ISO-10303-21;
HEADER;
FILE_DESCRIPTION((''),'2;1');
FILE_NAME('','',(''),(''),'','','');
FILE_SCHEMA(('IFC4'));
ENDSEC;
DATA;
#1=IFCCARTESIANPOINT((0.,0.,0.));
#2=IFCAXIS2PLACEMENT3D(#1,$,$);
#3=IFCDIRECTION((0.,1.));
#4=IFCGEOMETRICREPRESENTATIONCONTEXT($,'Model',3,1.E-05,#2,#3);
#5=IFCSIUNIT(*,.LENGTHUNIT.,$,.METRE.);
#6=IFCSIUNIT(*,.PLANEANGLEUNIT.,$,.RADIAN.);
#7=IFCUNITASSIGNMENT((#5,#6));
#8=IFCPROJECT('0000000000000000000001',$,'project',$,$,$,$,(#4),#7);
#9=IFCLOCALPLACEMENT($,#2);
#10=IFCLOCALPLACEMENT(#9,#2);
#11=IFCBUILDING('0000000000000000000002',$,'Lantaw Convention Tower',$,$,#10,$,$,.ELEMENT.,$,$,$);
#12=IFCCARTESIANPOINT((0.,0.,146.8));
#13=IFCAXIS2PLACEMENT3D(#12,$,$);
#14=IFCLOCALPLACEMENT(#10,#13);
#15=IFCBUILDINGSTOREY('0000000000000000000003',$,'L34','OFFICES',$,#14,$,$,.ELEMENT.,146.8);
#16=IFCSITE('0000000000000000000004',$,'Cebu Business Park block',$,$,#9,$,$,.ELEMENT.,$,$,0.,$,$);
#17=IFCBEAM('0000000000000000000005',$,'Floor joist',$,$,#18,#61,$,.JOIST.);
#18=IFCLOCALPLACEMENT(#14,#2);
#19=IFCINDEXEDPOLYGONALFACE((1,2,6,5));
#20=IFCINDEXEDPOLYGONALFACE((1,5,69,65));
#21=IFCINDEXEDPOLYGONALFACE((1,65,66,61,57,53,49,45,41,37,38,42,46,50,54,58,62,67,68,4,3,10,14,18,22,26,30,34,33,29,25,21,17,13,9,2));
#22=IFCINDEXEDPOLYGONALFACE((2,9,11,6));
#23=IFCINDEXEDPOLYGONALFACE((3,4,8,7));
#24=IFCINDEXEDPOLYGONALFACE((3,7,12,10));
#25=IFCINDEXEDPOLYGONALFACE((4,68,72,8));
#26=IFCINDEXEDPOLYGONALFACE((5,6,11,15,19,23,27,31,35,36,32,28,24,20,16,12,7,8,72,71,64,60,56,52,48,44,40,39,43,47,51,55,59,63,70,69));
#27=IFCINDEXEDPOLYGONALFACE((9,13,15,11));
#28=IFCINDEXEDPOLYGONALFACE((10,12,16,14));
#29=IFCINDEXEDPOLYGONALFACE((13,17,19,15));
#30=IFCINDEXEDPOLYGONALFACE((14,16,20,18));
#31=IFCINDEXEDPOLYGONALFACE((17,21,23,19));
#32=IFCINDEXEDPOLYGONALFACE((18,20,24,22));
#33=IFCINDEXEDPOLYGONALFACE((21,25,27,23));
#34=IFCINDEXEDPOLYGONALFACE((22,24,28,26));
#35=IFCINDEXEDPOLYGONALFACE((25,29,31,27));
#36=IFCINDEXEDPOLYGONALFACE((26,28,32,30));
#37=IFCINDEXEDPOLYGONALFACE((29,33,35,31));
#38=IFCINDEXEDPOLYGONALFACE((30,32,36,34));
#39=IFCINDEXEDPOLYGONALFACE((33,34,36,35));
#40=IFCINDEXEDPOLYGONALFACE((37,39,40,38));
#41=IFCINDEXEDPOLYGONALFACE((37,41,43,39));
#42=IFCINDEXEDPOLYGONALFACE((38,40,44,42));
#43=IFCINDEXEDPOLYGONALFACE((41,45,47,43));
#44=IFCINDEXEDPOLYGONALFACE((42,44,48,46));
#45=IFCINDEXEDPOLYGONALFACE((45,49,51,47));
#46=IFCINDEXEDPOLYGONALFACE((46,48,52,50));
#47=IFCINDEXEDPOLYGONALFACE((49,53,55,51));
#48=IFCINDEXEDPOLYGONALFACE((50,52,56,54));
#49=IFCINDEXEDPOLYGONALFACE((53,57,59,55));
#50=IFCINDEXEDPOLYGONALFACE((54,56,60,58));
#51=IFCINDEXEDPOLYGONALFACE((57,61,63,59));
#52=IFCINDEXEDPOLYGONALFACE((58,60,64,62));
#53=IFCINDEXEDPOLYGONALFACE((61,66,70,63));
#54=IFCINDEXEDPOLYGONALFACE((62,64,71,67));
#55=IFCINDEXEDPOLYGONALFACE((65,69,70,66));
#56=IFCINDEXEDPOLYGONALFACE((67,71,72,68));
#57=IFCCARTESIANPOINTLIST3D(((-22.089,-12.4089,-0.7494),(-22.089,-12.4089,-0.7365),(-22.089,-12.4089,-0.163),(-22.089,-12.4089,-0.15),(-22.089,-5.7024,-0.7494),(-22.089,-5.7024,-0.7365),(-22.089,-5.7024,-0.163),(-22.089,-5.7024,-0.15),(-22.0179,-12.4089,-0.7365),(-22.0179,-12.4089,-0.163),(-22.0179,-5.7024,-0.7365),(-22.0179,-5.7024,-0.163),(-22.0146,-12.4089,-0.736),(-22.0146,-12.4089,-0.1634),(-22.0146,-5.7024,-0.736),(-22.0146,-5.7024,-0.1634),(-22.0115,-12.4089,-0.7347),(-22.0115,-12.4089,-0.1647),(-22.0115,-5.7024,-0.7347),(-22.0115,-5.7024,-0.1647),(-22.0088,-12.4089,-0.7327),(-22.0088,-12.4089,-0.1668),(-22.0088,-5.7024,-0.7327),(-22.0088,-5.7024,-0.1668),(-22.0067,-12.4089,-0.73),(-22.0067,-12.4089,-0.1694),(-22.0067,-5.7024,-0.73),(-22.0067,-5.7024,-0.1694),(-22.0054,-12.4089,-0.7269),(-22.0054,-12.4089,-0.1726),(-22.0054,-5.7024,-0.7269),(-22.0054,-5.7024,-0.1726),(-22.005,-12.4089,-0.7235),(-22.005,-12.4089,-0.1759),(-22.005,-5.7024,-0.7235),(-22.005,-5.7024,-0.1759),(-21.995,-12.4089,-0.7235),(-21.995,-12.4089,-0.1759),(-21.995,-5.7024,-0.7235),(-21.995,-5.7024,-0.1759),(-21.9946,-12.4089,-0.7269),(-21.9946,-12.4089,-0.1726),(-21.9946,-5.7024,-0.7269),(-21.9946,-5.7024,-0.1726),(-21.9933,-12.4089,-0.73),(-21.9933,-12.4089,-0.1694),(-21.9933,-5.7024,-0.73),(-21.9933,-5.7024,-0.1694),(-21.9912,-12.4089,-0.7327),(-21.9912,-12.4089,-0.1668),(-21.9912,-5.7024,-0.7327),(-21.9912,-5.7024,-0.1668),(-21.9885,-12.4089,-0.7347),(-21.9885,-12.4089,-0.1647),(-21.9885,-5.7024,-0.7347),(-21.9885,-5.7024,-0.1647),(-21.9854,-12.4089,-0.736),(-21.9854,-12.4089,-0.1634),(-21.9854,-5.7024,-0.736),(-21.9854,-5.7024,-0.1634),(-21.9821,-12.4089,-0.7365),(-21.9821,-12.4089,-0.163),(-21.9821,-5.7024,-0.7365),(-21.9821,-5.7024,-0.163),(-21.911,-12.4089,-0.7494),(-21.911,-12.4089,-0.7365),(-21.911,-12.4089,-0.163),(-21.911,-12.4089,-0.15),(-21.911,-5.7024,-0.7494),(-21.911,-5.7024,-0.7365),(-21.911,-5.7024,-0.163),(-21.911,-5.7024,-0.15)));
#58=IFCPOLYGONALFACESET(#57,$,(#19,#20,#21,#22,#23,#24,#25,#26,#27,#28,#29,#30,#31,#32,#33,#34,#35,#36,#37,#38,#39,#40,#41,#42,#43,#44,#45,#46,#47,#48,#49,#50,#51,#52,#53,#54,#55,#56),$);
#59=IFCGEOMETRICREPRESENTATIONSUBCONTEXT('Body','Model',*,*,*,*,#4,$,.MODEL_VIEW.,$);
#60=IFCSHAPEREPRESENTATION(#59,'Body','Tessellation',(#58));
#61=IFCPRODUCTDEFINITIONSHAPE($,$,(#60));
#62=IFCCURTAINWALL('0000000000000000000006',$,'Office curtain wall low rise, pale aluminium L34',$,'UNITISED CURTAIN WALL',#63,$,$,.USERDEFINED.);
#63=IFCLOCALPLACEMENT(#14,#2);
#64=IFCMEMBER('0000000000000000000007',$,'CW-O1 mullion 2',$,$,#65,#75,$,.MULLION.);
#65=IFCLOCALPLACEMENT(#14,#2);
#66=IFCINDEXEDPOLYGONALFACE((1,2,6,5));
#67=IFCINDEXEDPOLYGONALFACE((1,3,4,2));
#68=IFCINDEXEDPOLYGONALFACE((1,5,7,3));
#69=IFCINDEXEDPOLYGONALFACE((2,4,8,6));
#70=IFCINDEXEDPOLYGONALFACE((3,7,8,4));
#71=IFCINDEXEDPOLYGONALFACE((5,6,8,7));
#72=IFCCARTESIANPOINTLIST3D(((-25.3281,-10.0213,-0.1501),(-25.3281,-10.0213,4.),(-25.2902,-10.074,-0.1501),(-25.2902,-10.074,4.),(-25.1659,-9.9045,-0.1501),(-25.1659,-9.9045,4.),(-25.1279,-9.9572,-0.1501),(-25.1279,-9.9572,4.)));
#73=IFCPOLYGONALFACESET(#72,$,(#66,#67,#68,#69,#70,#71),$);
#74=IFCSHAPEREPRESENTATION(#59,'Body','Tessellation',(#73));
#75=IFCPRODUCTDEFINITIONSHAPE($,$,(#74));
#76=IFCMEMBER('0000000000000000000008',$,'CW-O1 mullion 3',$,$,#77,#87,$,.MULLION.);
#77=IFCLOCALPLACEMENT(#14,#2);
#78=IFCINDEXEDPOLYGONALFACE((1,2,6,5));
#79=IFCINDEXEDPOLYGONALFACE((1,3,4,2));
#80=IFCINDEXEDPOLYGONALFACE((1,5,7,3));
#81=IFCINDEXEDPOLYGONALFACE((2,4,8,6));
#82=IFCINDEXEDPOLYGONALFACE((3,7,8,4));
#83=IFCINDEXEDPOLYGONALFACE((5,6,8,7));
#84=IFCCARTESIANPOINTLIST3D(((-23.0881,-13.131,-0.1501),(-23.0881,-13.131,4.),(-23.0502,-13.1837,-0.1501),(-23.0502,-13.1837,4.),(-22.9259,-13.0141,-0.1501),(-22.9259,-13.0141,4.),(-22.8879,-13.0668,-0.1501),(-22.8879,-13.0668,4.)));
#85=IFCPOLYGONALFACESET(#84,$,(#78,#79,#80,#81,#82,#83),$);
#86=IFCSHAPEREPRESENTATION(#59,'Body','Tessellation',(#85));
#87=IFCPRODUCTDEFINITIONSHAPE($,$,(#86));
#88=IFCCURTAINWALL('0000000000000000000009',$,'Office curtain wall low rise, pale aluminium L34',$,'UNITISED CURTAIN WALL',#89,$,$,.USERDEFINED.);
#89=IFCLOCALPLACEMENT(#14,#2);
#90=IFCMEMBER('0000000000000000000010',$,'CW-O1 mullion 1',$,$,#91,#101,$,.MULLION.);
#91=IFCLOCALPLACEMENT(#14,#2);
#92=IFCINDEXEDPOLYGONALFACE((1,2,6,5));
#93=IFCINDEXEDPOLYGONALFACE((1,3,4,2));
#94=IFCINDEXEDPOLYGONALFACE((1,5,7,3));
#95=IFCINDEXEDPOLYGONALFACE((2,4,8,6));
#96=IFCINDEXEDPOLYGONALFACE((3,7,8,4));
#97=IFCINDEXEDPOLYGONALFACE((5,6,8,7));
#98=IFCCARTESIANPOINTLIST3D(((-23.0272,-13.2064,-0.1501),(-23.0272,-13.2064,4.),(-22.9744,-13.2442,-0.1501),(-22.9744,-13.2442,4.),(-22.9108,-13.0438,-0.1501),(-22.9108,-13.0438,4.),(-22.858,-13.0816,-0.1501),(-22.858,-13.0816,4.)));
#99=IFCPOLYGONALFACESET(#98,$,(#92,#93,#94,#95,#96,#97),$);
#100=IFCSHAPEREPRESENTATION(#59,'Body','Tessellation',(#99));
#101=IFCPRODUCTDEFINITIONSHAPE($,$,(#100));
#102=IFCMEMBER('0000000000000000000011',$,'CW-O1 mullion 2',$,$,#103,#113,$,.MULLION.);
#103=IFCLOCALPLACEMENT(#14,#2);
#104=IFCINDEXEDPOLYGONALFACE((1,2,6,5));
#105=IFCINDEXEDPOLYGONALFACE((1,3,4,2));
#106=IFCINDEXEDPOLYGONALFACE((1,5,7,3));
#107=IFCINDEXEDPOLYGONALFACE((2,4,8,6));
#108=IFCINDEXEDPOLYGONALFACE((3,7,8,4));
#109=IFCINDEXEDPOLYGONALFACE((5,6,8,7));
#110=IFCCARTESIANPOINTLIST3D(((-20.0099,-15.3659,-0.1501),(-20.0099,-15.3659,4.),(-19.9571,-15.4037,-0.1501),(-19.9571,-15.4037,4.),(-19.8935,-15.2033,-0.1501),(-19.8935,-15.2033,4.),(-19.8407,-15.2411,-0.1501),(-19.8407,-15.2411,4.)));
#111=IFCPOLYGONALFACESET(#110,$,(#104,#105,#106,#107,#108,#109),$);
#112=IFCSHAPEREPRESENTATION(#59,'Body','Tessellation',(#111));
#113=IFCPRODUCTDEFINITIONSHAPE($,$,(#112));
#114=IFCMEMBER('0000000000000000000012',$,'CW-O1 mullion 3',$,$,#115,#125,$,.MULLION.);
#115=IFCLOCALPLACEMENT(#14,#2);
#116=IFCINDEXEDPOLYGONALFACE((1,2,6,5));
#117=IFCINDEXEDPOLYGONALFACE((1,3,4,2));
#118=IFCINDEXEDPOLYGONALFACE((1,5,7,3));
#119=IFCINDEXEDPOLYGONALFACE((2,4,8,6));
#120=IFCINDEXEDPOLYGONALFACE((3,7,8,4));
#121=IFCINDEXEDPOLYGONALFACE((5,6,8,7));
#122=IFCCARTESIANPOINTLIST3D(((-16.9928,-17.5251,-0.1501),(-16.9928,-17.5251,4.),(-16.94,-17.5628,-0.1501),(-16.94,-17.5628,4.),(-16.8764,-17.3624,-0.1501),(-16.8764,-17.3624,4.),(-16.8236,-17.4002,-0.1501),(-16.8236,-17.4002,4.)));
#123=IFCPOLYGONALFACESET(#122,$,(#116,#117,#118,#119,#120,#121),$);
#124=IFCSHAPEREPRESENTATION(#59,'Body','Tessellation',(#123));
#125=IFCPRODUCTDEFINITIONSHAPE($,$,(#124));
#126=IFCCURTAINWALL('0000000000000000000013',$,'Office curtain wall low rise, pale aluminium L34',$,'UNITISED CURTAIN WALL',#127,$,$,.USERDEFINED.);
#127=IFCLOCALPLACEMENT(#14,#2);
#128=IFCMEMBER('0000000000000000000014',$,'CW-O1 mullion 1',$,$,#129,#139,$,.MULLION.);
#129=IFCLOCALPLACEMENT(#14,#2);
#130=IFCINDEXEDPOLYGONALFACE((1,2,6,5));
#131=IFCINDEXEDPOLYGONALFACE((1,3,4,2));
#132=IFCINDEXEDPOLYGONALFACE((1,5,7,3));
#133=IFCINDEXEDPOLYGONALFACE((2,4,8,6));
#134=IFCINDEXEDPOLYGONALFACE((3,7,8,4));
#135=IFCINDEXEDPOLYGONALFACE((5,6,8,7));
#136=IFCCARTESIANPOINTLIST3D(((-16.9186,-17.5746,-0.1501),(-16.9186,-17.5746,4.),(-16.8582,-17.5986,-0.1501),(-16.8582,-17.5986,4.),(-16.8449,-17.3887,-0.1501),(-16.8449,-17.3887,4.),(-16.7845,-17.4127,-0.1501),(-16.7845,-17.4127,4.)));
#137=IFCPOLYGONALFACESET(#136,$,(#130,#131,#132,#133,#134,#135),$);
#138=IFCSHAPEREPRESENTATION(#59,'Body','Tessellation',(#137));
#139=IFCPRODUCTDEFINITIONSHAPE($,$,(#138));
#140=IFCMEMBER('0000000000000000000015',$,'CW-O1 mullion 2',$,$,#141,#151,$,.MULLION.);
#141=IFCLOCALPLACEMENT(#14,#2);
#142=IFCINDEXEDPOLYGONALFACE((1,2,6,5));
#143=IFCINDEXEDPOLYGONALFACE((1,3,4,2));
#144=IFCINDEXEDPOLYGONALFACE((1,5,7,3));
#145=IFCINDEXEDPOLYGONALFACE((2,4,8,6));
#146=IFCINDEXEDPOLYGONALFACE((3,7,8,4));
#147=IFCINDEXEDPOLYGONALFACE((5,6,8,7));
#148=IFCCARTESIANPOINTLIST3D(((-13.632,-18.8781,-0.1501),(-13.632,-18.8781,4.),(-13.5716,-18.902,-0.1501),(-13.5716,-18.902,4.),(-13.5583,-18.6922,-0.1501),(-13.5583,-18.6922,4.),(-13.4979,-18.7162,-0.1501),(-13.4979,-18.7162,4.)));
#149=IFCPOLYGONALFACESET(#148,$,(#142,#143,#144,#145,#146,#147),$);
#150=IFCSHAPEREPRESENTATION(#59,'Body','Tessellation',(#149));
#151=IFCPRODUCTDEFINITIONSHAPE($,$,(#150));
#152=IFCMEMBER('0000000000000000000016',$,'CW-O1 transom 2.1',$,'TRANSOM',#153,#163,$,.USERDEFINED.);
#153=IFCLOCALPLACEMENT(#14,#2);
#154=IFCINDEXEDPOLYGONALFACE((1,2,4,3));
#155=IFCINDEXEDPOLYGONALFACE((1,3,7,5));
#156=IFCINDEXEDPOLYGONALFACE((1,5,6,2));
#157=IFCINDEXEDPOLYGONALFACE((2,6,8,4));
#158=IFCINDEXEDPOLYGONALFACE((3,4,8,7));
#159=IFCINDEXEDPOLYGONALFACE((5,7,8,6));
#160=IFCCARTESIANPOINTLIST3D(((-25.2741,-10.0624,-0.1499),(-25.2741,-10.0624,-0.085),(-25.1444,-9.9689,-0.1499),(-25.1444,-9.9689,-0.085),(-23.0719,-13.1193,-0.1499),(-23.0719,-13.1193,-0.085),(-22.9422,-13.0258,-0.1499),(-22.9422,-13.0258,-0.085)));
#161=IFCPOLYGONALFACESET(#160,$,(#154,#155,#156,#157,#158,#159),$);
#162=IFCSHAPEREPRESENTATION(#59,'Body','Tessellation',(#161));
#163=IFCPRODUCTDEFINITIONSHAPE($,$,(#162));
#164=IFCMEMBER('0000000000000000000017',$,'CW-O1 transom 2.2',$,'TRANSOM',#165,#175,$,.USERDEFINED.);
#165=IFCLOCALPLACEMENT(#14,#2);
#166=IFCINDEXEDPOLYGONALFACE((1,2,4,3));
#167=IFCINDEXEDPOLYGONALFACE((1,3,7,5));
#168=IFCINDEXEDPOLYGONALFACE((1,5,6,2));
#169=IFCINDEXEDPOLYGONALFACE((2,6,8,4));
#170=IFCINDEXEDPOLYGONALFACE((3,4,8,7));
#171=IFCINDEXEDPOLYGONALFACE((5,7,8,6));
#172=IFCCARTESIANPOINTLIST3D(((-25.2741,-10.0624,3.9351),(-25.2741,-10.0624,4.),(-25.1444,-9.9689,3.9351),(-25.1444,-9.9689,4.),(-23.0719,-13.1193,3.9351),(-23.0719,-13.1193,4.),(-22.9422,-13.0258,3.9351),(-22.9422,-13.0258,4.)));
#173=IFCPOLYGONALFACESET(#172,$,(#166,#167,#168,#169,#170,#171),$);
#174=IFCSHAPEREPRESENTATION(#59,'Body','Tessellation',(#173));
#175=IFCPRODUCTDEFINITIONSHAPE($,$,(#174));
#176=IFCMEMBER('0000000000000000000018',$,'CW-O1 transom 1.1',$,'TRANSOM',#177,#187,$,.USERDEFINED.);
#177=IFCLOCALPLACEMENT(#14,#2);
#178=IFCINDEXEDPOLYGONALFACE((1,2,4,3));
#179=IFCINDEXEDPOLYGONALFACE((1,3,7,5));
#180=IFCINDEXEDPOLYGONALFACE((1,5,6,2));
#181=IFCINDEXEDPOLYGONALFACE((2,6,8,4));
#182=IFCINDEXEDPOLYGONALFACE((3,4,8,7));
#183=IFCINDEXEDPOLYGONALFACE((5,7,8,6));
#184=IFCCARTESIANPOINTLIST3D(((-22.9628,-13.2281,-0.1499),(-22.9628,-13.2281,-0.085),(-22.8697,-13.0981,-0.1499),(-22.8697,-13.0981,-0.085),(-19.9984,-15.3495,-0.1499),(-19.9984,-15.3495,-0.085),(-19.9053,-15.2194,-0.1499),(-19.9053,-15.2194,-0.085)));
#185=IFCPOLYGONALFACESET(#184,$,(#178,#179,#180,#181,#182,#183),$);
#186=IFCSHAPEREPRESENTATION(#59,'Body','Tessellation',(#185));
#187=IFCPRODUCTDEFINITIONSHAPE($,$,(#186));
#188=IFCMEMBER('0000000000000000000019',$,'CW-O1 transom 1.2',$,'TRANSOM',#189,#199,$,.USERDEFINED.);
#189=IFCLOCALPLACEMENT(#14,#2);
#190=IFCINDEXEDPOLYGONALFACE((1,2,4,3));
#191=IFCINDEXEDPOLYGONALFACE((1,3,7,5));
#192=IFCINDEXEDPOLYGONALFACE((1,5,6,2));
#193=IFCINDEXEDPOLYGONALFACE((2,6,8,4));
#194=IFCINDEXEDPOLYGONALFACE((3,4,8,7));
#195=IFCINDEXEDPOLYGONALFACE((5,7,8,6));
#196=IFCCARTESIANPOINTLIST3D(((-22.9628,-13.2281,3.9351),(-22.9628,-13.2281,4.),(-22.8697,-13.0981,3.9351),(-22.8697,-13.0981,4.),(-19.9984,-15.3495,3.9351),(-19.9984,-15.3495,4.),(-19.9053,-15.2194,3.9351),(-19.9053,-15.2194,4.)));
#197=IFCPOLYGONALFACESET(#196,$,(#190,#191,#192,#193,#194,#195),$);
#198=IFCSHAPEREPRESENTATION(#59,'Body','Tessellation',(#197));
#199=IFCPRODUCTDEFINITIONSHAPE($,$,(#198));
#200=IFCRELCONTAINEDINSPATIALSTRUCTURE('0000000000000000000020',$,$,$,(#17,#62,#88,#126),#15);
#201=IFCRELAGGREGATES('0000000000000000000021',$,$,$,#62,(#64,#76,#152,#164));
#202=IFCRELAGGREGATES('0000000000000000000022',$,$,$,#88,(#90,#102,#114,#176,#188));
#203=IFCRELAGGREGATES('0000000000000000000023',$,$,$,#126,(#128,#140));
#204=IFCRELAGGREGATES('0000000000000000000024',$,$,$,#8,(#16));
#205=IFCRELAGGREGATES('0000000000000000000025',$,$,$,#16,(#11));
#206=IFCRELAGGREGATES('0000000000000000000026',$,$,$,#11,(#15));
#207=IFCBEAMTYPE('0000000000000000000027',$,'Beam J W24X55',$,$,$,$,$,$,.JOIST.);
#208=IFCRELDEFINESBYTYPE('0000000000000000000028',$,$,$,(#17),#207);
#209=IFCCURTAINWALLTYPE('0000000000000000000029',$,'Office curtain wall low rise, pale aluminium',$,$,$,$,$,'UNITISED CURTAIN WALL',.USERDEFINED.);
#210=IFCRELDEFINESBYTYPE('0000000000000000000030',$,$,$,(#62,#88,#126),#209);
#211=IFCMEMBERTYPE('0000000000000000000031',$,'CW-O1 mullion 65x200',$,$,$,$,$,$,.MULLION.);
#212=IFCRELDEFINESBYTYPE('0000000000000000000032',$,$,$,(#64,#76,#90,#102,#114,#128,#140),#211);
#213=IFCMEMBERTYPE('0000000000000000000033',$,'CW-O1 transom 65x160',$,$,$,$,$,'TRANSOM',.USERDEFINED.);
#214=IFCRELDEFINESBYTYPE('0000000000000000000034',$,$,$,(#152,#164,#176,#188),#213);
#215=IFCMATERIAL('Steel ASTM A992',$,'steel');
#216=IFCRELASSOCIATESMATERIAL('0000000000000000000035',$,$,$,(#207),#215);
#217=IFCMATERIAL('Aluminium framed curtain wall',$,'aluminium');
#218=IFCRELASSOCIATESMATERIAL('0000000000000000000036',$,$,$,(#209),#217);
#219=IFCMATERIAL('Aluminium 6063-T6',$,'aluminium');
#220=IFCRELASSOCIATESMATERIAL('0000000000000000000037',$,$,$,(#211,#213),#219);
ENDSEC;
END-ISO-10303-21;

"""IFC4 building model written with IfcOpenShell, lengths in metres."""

from ifc_helpers import new_model, si_unit, direction, frame, origin, origin_2d, place, context, subcontext, project, spatial, rectangle, i_section, extrude, material, material_profile, profile_set, type_object, element, aggregate, save


model = new_model("IFC4")

# Units and contexts
model_context = context("Model", 3, precision=1e-05, world=origin(), true_north=direction((0.0, 1.0)))
body_context = subcontext(model_context, "Body", "Model", "MODEL_VIEW")
ifc_project = project(units=[si_unit("LENGTHUNIT", "METRE"), si_unit("PLANEANGLEUNIT", "RADIAN")], contexts=[model_context])

# Site, building, storey
site_placement = place(None, origin())
site = spatial("IfcSite", under=ifc_project, at=site_placement, Name="Cebu Business Park block", CompositionType="ELEMENT", RefElevation=0.0)
building_placement = place(site_placement, origin())
building = spatial("IfcBuilding", under=site, at=building_placement, Name="Lantaw Convention Tower", CompositionType="ELEMENT")
storey_placement = place(building_placement, frame((0.0, 0.0, 146.8)))
storey = spatial("IfcBuildingStorey", under=building, at=storey_placement, Name="L34", Description="OFFICES", CompositionType="ELEMENT", Elevation=146.8)

# Beam
ifc_material_1 = material(Name="Steel ASTM A992", Category="steel")
ifc_material_profile_1 = material_profile(ifc_material_1, i_section(OverallWidth=0.178, OverallDepth=0.5994, WebThickness=0.01, FlangeThickness=0.0129, FilletRadius=0.0129, at=origin_2d()), Name="W24X55")
ifc_profile_set_1 = profile_set([ifc_material_profile_1], Name="Steel ASTM A992")
beam_type_1 = type_object("IfcBeamType", Name="Beam J W24X55", PredefinedType="JOIST", material=ifc_profile_set_1)
beam_1_placement = place(storey_placement, frame((-22.0, -12.4089, -0.4497), z_axis=(0.0, 1.0, 0.0), x_axis=(-1.0, 0.0, 0.0)))
element("IfcBeam", 1, at=beam_1_placement, inside=storey, type_object=beam_type_1, Name="Floor joist", PredefinedType="JOIST", context=body_context, shape_type="SweptSolid", body=[
    extrude(i_section(OverallWidth=0.178, OverallDepth=0.5994, WebThickness=0.01, FlangeThickness=0.0129, FilletRadius=0.0129, at=origin_2d()), origin(), (0.0, 0.0, 1.0), 6.7065),
])

# Curtain walls, members
ifc_material_2 = material(Name="Aluminium framed curtain wall", Category="aluminium")
curtain_wall_type = type_object("IfcCurtainWallType", Name="Office curtain wall low rise, pale aluminium", ElementType="UNITISED CURTAIN WALL", PredefinedType="USERDEFINED", material=ifc_material_2)
curtain_wall_1_placement = place(storey_placement, origin())
curtain_wall_1 = element("IfcCurtainWall", 2, at=curtain_wall_1_placement, inside=storey, type_object=curtain_wall_type, Name="Office curtain wall low rise, pale aluminium L34", ObjectType="UNITISED CURTAIN WALL", PredefinedType="USERDEFINED")
ifc_material_3 = material(Name="Aluminium 6063-T6", Category="aluminium")
ifc_material_profile_2 = material_profile(ifc_material_3, rectangle(XDim=0.2, YDim=0.0649, at=origin_2d()), Name="CW-O1 mullion 65x200")
ifc_profile_set_2 = profile_set([ifc_material_profile_2], Name="Aluminium 6063-T6")
member_type_1 = type_object("IfcMemberType", Name="CW-O1 mullion 65x200", PredefinedType="MULLION", material=ifc_profile_set_2)
member_1_placement = place(storey_placement, frame((-25.228, -9.9893, -0.1501), z_axis=(0.0, 0.0, 1.0), x_axis=(0.811385, 0.584513, 0.0)))
member_1 = element("IfcMember", 3, at=member_1_placement, type_object=member_type_1, Name="CW-O1 mullion 2", PredefinedType="MULLION", context=body_context, shape_type="SweptSolid", body=[
    extrude(rectangle(XDim=0.2, YDim=0.0649, at=origin_2d()), origin(), (0.0, 0.0, 1.0), 4.1501),
])
member_2_placement = place(storey_placement, frame((-22.988, -13.0989, -0.1501), z_axis=(0.0, 0.0, 1.0), x_axis=(0.811385, 0.584513, 0.0)))
member_2 = element("IfcMember", 4, at=member_2_placement, type_object=member_type_1, Name="CW-O1 mullion 3", PredefinedType="MULLION", context=body_context, shape_type="SweptSolid", body=[
    extrude(rectangle(XDim=0.2, YDim=0.0649, at=origin_2d()), origin(), (0.0, 0.0, 1.0), 4.1501),
])
curtain_wall_2_placement = place(storey_placement, origin())
curtain_wall_2 = element("IfcCurtainWall", 5, at=curtain_wall_2_placement, inside=storey, type_object=curtain_wall_type, Name="Office curtain wall low rise, pale aluminium L34", ObjectType="UNITISED CURTAIN WALL", PredefinedType="USERDEFINED")
member_3_placement = place(storey_placement, frame((-22.9426, -13.144, -0.1501), z_axis=(0.0, 0.0, 1.0), x_axis=(0.581973, 0.813208, 0.0)))
member_3 = element("IfcMember", 6, at=member_3_placement, type_object=member_type_1, Name="CW-O1 mullion 1", PredefinedType="MULLION", context=body_context, shape_type="SweptSolid", body=[
    extrude(rectangle(XDim=0.2, YDim=0.0649, at=origin_2d()), origin(), (0.0, 0.0, 1.0), 4.1501),
])
member_4_placement = place(storey_placement, frame((-19.9253, -15.3035, -0.1501), z_axis=(0.0, 0.0, 1.0), x_axis=(0.581973, 0.813208, 0.0)))
member_4 = element("IfcMember", 7, at=member_4_placement, type_object=member_type_1, Name="CW-O1 mullion 2", PredefinedType="MULLION", context=body_context, shape_type="SweptSolid", body=[
    extrude(rectangle(XDim=0.2, YDim=0.0649, at=origin_2d()), origin(), (0.0, 0.0, 1.0), 4.1501),
])
member_5_placement = place(storey_placement, frame((-16.9082, -17.4626, -0.1501), z_axis=(0.0, 0.0, 1.0), x_axis=(0.581973, 0.813208, 0.0)))
member_5 = element("IfcMember", 8, at=member_5_placement, type_object=member_type_1, Name="CW-O1 mullion 3", PredefinedType="MULLION", context=body_context, shape_type="SweptSolid", body=[
    extrude(rectangle(XDim=0.2, YDim=0.0649, at=origin_2d()), origin(), (0.0, 0.0, 1.0), 4.1501),
])
curtain_wall_3_placement = place(storey_placement, origin())
curtain_wall_3 = element("IfcCurtainWall", 9, at=curtain_wall_3_placement, inside=storey, type_object=curtain_wall_type, Name="Office curtain wall low rise, pale aluminium L34", ObjectType="UNITISED CURTAIN WALL", PredefinedType="USERDEFINED")
member_6_placement = place(storey_placement, frame((-16.8516, -17.4937, -0.1501), z_axis=(0.0, 0.0, 1.0), x_axis=(0.368702, 0.929548, 0.0)))
member_6 = element("IfcMember", 10, at=member_6_placement, type_object=member_type_1, Name="CW-O1 mullion 1", PredefinedType="MULLION", context=body_context, shape_type="SweptSolid", body=[
    extrude(rectangle(XDim=0.2, YDim=0.0649, at=origin_2d()), origin(), (0.0, 0.0, 1.0), 4.1501),
])
member_7_placement = place(storey_placement, frame((-13.5649, -18.7971, -0.1501), z_axis=(0.0, 0.0, 1.0), x_axis=(0.368702, 0.929548, 0.0)))
member_7 = element("IfcMember", 11, at=member_7_placement, type_object=member_type_1, Name="CW-O1 mullion 2", PredefinedType="MULLION", context=body_context, shape_type="SweptSolid", body=[
    extrude(rectangle(XDim=0.2, YDim=0.0649, at=origin_2d()), origin(), (0.0, 0.0, 1.0), 4.1501),
])

# Members
ifc_material_profile_3 = material_profile(ifc_material_3, rectangle(XDim=0.1599, YDim=0.0649, at=origin_2d()), Name="CW-O1 transom 65x160")
ifc_profile_set_3 = profile_set([ifc_material_profile_3], Name="Aluminium 6063-T6")
member_type_2 = type_object("IfcMemberType", Name="CW-O1 transom 65x160", ElementType="TRANSOM", PredefinedType="USERDEFINED", material=ifc_profile_set_3)
member_8_placement = place(storey_placement, frame((-25.2092, -10.0156, -0.1174), z_axis=(0.584513, -0.811384, 0.0), x_axis=(0.811384, 0.584513, 0.0)))
member_8 = element("IfcMember", 12, at=member_8_placement, type_object=member_type_2, Name="CW-O1 transom 2.1", ObjectType="TRANSOM", PredefinedType="USERDEFINED", context=body_context, shape_type="SweptSolid", body=[
    extrude(rectangle(XDim=0.1599, YDim=0.0649, at=origin_2d()), origin(), (0.0, 0.0, 1.0), 3.7676),
])
member_9_placement = place(storey_placement, frame((-25.2092, -10.0156, 3.9675), z_axis=(0.584513, -0.811384, 0.0), x_axis=(0.811384, 0.584513, 0.0)))
member_9 = element("IfcMember", 13, at=member_9_placement, type_object=member_type_2, Name="CW-O1 transom 2.2", ObjectType="TRANSOM", PredefinedType="USERDEFINED", context=body_context, shape_type="SweptSolid", body=[
    extrude(rectangle(XDim=0.1599, YDim=0.0649, at=origin_2d()), origin(), (0.0, 0.0, 1.0), 3.7676),
])
member_10_placement = place(storey_placement, frame((-22.9163, -13.1631, -0.1174), z_axis=(0.813222, -0.581954, 0.0), x_axis=(0.581954, 0.813222, 0.0)))
member_10 = element("IfcMember", 14, at=member_10_placement, type_object=member_type_2, Name="CW-O1 transom 1.1", ObjectType="TRANSOM", PredefinedType="USERDEFINED", context=body_context, shape_type="SweptSolid", body=[
    extrude(rectangle(XDim=0.1599, YDim=0.0649, at=origin_2d()), origin(), (0.0, 0.0, 1.0), 3.6453),
])
member_11_placement = place(storey_placement, frame((-22.9163, -13.1631, 3.9675), z_axis=(0.813222, -0.581954, 0.0), x_axis=(0.581954, 0.813222, 0.0)))
member_11 = element("IfcMember", 15, at=member_11_placement, type_object=member_type_2, Name="CW-O1 transom 1.2", ObjectType="TRANSOM", PredefinedType="USERDEFINED", context=body_context, shape_type="SweptSolid", body=[
    extrude(rectangle(XDim=0.1599, YDim=0.0649, at=origin_2d()), origin(), (0.0, 0.0, 1.0), 3.6453),
])

aggregate(curtain_wall_1, [member_1, member_2, member_8, member_9])
aggregate(curtain_wall_2, [member_3, member_4, member_5, member_10, member_11])
aggregate(curtain_wall_3, [member_6, member_7])

save(model, "model.ifc")
